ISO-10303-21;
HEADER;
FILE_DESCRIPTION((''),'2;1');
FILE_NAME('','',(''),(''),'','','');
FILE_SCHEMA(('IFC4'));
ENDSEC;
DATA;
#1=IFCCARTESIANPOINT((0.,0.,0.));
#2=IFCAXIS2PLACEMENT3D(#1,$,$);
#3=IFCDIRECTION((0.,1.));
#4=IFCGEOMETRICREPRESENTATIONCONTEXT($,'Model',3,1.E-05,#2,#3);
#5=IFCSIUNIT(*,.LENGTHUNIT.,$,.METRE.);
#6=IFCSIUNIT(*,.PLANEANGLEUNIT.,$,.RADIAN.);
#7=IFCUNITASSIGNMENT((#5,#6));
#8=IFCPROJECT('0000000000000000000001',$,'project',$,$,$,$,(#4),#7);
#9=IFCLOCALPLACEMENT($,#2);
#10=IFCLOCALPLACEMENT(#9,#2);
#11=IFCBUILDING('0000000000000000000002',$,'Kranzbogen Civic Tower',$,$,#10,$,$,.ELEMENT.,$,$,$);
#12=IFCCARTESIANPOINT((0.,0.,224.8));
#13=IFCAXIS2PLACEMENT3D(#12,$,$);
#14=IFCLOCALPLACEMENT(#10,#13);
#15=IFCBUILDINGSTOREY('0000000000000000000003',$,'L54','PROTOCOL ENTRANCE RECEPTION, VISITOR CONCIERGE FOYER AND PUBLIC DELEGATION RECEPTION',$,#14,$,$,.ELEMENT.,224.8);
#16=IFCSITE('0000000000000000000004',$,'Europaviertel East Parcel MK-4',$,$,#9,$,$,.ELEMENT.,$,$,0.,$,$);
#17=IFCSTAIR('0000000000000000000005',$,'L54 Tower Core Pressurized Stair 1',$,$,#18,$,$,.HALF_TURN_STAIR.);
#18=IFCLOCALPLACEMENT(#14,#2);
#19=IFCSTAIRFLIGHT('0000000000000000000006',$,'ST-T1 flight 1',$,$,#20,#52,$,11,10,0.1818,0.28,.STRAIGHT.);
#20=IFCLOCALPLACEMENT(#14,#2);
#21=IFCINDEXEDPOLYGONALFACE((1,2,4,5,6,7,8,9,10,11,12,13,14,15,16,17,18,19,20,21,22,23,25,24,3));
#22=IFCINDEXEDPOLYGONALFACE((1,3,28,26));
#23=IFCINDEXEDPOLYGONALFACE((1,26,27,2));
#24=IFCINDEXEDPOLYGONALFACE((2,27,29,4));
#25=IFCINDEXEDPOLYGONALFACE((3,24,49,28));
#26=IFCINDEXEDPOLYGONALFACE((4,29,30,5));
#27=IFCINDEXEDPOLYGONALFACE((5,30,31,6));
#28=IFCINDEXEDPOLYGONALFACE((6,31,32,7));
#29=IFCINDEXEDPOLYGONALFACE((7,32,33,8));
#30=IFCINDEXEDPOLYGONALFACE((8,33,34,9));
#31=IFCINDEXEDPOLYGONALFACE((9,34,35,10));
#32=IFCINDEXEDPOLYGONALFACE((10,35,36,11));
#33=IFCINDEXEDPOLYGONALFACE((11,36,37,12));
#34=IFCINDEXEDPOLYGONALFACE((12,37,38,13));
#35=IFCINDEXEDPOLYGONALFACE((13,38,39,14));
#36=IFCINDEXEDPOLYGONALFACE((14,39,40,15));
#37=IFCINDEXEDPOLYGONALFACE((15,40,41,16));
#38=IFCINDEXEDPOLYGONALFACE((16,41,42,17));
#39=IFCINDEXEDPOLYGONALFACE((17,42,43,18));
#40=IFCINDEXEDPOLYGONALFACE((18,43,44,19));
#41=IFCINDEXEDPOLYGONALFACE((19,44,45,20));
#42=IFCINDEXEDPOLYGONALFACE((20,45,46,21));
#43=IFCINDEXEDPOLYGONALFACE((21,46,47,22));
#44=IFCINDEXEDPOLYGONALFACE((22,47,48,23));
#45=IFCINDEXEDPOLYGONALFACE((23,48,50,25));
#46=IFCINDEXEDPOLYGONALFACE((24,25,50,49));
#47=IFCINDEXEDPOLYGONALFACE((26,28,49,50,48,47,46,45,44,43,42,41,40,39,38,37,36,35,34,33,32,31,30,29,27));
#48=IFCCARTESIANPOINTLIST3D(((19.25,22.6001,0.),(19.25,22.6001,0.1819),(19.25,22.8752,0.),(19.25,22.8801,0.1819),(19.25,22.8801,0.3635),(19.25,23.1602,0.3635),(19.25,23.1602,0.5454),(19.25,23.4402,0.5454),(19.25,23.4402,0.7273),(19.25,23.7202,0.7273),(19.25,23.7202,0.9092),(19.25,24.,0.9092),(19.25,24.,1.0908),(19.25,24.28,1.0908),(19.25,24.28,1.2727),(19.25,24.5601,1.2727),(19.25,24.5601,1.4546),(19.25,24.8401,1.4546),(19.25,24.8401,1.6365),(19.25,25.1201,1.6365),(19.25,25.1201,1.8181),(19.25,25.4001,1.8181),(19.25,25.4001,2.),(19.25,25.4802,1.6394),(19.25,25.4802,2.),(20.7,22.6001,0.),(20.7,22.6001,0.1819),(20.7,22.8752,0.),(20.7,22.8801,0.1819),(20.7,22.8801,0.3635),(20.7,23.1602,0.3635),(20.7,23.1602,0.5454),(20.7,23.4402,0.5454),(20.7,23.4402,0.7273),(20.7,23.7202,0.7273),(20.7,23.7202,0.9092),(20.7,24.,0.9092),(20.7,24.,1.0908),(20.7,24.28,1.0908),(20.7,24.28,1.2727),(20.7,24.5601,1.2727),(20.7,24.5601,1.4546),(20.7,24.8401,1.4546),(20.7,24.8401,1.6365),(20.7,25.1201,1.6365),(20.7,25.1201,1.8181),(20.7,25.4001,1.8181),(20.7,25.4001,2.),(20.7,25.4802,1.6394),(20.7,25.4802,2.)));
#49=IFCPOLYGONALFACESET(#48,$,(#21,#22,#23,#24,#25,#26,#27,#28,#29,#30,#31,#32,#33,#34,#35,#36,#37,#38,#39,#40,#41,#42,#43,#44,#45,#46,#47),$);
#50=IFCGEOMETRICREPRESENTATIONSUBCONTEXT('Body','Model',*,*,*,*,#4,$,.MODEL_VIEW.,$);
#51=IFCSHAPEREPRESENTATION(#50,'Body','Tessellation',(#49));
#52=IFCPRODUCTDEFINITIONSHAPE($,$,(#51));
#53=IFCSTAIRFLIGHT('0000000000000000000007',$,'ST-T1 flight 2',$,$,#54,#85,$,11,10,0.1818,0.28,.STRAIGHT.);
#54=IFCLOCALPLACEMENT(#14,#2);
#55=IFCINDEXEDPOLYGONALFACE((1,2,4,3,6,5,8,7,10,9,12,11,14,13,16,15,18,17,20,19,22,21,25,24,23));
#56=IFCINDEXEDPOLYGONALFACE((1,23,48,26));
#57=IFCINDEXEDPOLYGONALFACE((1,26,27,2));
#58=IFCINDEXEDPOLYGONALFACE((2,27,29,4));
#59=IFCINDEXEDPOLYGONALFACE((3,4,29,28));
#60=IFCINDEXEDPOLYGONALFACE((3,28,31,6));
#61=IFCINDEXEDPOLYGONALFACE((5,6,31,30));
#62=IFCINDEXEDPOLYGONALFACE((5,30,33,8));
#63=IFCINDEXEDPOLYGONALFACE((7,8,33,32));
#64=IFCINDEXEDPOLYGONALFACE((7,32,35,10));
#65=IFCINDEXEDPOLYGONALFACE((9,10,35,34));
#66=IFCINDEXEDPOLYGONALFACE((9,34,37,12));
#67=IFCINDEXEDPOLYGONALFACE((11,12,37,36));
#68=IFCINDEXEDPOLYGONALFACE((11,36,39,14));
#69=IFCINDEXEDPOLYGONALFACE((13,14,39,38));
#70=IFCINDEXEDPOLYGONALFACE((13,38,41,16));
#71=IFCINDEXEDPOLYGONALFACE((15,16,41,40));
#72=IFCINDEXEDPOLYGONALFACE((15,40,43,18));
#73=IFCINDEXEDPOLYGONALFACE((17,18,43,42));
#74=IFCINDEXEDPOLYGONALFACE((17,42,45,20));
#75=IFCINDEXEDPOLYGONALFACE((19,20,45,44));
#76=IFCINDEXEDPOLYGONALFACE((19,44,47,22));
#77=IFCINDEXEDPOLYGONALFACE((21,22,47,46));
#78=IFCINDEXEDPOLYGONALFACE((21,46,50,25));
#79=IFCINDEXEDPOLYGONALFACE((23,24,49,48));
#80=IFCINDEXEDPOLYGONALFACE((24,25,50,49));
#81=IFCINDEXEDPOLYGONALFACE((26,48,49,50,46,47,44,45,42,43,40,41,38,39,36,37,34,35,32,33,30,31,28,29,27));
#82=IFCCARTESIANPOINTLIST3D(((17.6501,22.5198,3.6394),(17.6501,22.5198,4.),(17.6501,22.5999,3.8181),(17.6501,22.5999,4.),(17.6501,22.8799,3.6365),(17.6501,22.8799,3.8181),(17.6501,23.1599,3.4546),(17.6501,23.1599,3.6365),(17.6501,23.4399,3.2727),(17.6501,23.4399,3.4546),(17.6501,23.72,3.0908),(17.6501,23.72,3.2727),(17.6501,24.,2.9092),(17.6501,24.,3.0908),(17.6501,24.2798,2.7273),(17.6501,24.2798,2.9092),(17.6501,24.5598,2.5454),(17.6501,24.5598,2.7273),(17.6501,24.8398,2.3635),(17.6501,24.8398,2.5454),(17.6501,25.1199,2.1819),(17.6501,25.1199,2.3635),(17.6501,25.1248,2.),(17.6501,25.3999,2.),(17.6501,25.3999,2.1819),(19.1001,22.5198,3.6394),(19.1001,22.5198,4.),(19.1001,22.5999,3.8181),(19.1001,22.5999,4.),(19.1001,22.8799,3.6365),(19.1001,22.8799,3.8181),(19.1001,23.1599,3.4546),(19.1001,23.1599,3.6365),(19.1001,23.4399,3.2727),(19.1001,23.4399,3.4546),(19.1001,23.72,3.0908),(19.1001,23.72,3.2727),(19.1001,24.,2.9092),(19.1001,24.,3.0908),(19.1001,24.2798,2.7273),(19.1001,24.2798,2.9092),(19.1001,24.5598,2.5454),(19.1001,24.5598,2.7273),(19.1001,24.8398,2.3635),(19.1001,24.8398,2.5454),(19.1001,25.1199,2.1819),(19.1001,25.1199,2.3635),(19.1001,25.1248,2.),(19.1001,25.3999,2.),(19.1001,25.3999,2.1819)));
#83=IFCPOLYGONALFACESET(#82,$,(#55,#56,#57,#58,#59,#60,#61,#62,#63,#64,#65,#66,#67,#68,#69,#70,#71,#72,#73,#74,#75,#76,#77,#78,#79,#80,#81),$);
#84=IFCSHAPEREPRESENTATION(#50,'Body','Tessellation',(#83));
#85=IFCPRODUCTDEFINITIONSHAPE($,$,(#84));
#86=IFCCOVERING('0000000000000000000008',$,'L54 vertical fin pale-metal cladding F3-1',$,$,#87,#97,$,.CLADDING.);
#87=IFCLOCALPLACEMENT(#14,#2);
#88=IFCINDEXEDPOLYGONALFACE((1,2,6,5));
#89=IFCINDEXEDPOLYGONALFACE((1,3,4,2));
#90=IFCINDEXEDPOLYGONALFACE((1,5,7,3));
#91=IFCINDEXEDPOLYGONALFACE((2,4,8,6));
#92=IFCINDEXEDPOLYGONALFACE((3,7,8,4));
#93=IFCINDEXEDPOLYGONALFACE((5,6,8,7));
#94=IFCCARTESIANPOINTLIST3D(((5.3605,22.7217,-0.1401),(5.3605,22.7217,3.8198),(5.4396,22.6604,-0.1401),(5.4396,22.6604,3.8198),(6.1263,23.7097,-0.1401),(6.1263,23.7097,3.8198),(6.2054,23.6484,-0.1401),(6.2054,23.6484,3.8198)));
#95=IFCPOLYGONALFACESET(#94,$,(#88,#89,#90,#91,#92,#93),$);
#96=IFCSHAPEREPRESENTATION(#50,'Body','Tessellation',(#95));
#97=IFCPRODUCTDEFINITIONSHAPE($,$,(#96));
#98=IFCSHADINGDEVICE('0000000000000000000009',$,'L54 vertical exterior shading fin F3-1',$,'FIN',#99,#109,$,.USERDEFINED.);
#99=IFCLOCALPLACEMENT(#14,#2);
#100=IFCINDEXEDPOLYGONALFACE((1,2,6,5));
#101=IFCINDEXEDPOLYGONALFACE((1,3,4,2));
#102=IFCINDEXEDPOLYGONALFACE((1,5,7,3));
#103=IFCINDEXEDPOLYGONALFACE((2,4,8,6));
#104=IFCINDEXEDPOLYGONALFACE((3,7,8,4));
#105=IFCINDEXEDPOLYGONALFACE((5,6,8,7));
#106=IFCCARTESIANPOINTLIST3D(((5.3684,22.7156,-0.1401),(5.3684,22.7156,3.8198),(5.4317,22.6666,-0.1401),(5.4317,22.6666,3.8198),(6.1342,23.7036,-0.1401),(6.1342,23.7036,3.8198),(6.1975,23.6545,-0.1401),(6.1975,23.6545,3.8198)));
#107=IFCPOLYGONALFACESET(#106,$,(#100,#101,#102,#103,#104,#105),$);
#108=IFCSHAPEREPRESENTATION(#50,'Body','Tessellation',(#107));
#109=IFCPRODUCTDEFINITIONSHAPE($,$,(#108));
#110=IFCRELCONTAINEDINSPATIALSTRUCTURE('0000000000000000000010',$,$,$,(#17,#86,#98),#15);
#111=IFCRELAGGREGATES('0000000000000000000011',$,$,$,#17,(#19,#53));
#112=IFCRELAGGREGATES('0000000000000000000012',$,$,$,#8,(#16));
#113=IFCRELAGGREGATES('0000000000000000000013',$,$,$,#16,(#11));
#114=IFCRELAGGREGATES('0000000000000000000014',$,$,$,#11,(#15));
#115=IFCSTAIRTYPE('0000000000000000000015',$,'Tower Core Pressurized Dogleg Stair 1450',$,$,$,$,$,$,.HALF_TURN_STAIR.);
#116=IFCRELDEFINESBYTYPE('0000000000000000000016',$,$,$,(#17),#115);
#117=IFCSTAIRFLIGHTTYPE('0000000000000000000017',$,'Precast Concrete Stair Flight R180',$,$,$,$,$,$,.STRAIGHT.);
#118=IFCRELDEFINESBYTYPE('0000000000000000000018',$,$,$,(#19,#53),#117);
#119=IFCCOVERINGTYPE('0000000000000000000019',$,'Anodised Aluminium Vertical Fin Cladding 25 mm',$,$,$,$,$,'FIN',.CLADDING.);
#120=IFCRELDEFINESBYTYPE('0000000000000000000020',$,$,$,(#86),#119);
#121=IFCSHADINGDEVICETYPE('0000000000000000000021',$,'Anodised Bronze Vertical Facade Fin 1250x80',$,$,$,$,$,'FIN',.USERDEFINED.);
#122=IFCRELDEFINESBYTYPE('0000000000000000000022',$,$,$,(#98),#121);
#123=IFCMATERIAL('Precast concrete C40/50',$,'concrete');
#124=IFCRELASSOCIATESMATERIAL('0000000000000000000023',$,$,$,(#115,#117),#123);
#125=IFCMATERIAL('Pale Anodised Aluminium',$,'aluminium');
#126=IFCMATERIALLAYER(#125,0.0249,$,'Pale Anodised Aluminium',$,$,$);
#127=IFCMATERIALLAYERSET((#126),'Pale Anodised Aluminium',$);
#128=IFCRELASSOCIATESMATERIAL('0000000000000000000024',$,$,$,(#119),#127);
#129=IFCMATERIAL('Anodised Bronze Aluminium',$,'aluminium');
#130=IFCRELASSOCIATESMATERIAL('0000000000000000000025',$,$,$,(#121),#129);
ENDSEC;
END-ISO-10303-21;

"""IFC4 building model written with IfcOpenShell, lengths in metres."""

from ifc_helpers import new_model, si_unit, direction, frame, origin, origin_2d, place, context, subcontext, project, spatial, polyline, rectangle, outline, extrude, material, layer, layer_set, type_object, element, aggregate, save


model = new_model("IFC4")

# Units and contexts
model_context = context("Model", 3, precision=1e-05, world=origin(), true_north=direction((0.0, 1.0)))
body_context = subcontext(model_context, "Body", "Model", "MODEL_VIEW")
ifc_project = project(units=[si_unit("LENGTHUNIT", "METRE"), si_unit("PLANEANGLEUNIT", "RADIAN")], contexts=[model_context])

# Site, building, storey
site_placement = place(None, origin())
site = spatial("IfcSite", under=ifc_project, at=site_placement, Name="Europaviertel East Parcel MK-4", CompositionType="ELEMENT", RefElevation=0.0)
building_placement = place(site_placement, origin())
building = spatial("IfcBuilding", under=site, at=building_placement, Name="Kranzbogen Civic Tower", CompositionType="ELEMENT")
storey_placement = place(building_placement, frame((0.0, 0.0, 224.8)))
storey = spatial("IfcBuildingStorey", under=building, at=storey_placement, Name="L54", Description="PROTOCOL ENTRANCE RECEPTION, VISITOR CONCIERGE FOYER AND PUBLIC DELEGATION RECEPTION", CompositionType="ELEMENT", Elevation=224.8)

# Shared definitions
ifc_material_1 = material(Name="Pale Anodised Aluminium", Category="aluminium")

# Stair, stair flights
ifc_material_2 = material(Name="Precast concrete C40/50", Category="concrete")
stair_type = type_object("IfcStairType", Name="Tower Core Pressurized Dogleg Stair 1450", PredefinedType="HALF_TURN_STAIR", material=ifc_material_2)
stair_placement = place(storey_placement, origin())
stair = element("IfcStair", 1, at=stair_placement, inside=storey, type_object=stair_type, Name="L54 Tower Core Pressurized Stair 1", PredefinedType="HALF_TURN_STAIR")
stair_flight_type = type_object("IfcStairFlightType", Name="Precast Concrete Stair Flight R180", PredefinedType="STRAIGHT", material=ifc_material_2)
stair_flight_1_placement = place(storey_placement, frame((19.9751, 22.6001, 0.0), z_axis=(0.0, 0.0, 1.0), x_axis=(0.0, 1.0, 0.0)))
stair_flight_1 = element("IfcStairFlight", 2, at=stair_flight_1_placement, type_object=stair_flight_type, Name="ST-T1 flight 1", NumberOfRisers=11, NumberOfTreads=10, PredefinedType="STRAIGHT", RiserHeight=0.1818, TreadLength=0.28, context=body_context, shape_type="SweptSolid", body=[
    extrude(outline(polyline([(0.0, 0.0), (0.0, 0.1819), (0.28, 0.1819), (0.28, 0.3635), (0.5601, 0.3635), (0.5601, 0.5454), (0.8401, 0.5454), (0.8401, 0.7273), (1.1201, 0.7273), (1.1201, 0.9092), (1.3999, 0.9092), (1.3999, 1.0908), (1.6799, 1.0908), (1.6799, 1.2727), (1.96, 1.2727), (1.96, 1.4546), (2.24, 1.4546), (2.24, 1.6365), (2.52, 1.6365), (2.52, 1.8181), (2.8, 1.8181), (2.8, 2.0), (2.8801, 2.0), (2.8801, 1.6394), (0.2751, 0.0), (0.0, 0.0)])), frame((0.0, 0.7251, 0.0), z_axis=(0.0, -1.0, 0.0), x_axis=(1.0, 0.0, 0.0)), (0.0, 0.0, 1.0), 1.45),
])
stair_flight_2_placement = place(storey_placement, frame((18.375, 25.3999, 2.0), z_axis=(0.0, 0.0, 1.0), x_axis=(0.0, -1.0, 0.0)))
stair_flight_2 = element("IfcStairFlight", 3, at=stair_flight_2_placement, type_object=stair_flight_type, Name="ST-T1 flight 2", NumberOfRisers=11, NumberOfTreads=10, PredefinedType="STRAIGHT", RiserHeight=0.1818, TreadLength=0.28, context=body_context, shape_type="SweptSolid", body=[
    extrude(outline(polyline([(0.0, 0.0), (0.0, 0.1819), (0.28, 0.1819), (0.28, 0.3635), (0.5601, 0.3635), (0.5601, 0.5454), (0.8401, 0.5454), (0.8401, 0.7273), (1.1201, 0.7273), (1.1201, 0.9092), (1.3999, 0.9092), (1.3999, 1.0908), (1.6799, 1.0908), (1.6799, 1.2727), (1.96, 1.2727), (1.96, 1.4546), (2.24, 1.4546), (2.24, 1.6365), (2.52, 1.6365), (2.52, 1.8181), (2.8, 1.8181), (2.8, 2.0), (2.8801, 2.0), (2.8801, 1.6394), (0.2751, 0.0), (0.0, 0.0)])), frame((0.0, 0.7251, 0.0), z_axis=(0.0, -1.0, 0.0), x_axis=(1.0, 0.0, 0.0)), (0.0, 0.0, 1.0), 1.45),
])
aggregate(stair, [stair_flight_1, stair_flight_2])

# Covering
ifc_layer_1 = layer(ifc_material_1, 0.0249, Name="Pale Anodised Aluminium")
ifc_layer_set_1 = layer_set([ifc_layer_1], Name="Pale Anodised Aluminium")
covering_type = type_object("IfcCoveringType", Name="Anodised Aluminium Vertical Fin Cladding 25 mm", ElementType="FIN", PredefinedType="CLADDING", material=ifc_layer_set_1)
covering_placement = place(storey_placement, frame((5.783, 23.1851, -0.1401), z_axis=(0.0, 0.0, 1.0), x_axis=(-0.612645, -0.790358, 0.0)))
element("IfcCovering", 4, at=covering_placement, inside=storey, type_object=covering_type, Name="L54 vertical fin pale-metal cladding F3-1", PredefinedType="CLADDING", context=body_context, shape_type="SweptSolid", body=[
    extrude(rectangle(XDim=1.25, YDim=0.1001, at=origin_2d()), origin(), (0.0, 0.0, 1.0), 3.96),
])

# Shading device
ifc_material_3 = material(Name="Anodised Bronze Aluminium", Category="aluminium")
shading_device_type = type_object("IfcShadingDeviceType", Name="Anodised Bronze Vertical Facade Fin 1250x80", ElementType="FIN", PredefinedType="USERDEFINED", material=ifc_material_3)
shading_device_placement = place(storey_placement, frame((5.783, 23.1851, -0.1401), z_axis=(0.0, 0.0, 1.0), x_axis=(-0.612645, -0.790358, 0.0)))
element("IfcShadingDevice", 5, at=shading_device_placement, inside=storey, type_object=shading_device_type, Name="L54 vertical exterior shading fin F3-1", ObjectType="FIN", PredefinedType="USERDEFINED", context=body_context, shape_type="SweptSolid", body=[
    extrude(rectangle(XDim=1.25, YDim=0.0801, at=origin_2d()), origin(), (0.0, 0.0, 1.0), 3.96),
])

save(model, "model.ifc")
